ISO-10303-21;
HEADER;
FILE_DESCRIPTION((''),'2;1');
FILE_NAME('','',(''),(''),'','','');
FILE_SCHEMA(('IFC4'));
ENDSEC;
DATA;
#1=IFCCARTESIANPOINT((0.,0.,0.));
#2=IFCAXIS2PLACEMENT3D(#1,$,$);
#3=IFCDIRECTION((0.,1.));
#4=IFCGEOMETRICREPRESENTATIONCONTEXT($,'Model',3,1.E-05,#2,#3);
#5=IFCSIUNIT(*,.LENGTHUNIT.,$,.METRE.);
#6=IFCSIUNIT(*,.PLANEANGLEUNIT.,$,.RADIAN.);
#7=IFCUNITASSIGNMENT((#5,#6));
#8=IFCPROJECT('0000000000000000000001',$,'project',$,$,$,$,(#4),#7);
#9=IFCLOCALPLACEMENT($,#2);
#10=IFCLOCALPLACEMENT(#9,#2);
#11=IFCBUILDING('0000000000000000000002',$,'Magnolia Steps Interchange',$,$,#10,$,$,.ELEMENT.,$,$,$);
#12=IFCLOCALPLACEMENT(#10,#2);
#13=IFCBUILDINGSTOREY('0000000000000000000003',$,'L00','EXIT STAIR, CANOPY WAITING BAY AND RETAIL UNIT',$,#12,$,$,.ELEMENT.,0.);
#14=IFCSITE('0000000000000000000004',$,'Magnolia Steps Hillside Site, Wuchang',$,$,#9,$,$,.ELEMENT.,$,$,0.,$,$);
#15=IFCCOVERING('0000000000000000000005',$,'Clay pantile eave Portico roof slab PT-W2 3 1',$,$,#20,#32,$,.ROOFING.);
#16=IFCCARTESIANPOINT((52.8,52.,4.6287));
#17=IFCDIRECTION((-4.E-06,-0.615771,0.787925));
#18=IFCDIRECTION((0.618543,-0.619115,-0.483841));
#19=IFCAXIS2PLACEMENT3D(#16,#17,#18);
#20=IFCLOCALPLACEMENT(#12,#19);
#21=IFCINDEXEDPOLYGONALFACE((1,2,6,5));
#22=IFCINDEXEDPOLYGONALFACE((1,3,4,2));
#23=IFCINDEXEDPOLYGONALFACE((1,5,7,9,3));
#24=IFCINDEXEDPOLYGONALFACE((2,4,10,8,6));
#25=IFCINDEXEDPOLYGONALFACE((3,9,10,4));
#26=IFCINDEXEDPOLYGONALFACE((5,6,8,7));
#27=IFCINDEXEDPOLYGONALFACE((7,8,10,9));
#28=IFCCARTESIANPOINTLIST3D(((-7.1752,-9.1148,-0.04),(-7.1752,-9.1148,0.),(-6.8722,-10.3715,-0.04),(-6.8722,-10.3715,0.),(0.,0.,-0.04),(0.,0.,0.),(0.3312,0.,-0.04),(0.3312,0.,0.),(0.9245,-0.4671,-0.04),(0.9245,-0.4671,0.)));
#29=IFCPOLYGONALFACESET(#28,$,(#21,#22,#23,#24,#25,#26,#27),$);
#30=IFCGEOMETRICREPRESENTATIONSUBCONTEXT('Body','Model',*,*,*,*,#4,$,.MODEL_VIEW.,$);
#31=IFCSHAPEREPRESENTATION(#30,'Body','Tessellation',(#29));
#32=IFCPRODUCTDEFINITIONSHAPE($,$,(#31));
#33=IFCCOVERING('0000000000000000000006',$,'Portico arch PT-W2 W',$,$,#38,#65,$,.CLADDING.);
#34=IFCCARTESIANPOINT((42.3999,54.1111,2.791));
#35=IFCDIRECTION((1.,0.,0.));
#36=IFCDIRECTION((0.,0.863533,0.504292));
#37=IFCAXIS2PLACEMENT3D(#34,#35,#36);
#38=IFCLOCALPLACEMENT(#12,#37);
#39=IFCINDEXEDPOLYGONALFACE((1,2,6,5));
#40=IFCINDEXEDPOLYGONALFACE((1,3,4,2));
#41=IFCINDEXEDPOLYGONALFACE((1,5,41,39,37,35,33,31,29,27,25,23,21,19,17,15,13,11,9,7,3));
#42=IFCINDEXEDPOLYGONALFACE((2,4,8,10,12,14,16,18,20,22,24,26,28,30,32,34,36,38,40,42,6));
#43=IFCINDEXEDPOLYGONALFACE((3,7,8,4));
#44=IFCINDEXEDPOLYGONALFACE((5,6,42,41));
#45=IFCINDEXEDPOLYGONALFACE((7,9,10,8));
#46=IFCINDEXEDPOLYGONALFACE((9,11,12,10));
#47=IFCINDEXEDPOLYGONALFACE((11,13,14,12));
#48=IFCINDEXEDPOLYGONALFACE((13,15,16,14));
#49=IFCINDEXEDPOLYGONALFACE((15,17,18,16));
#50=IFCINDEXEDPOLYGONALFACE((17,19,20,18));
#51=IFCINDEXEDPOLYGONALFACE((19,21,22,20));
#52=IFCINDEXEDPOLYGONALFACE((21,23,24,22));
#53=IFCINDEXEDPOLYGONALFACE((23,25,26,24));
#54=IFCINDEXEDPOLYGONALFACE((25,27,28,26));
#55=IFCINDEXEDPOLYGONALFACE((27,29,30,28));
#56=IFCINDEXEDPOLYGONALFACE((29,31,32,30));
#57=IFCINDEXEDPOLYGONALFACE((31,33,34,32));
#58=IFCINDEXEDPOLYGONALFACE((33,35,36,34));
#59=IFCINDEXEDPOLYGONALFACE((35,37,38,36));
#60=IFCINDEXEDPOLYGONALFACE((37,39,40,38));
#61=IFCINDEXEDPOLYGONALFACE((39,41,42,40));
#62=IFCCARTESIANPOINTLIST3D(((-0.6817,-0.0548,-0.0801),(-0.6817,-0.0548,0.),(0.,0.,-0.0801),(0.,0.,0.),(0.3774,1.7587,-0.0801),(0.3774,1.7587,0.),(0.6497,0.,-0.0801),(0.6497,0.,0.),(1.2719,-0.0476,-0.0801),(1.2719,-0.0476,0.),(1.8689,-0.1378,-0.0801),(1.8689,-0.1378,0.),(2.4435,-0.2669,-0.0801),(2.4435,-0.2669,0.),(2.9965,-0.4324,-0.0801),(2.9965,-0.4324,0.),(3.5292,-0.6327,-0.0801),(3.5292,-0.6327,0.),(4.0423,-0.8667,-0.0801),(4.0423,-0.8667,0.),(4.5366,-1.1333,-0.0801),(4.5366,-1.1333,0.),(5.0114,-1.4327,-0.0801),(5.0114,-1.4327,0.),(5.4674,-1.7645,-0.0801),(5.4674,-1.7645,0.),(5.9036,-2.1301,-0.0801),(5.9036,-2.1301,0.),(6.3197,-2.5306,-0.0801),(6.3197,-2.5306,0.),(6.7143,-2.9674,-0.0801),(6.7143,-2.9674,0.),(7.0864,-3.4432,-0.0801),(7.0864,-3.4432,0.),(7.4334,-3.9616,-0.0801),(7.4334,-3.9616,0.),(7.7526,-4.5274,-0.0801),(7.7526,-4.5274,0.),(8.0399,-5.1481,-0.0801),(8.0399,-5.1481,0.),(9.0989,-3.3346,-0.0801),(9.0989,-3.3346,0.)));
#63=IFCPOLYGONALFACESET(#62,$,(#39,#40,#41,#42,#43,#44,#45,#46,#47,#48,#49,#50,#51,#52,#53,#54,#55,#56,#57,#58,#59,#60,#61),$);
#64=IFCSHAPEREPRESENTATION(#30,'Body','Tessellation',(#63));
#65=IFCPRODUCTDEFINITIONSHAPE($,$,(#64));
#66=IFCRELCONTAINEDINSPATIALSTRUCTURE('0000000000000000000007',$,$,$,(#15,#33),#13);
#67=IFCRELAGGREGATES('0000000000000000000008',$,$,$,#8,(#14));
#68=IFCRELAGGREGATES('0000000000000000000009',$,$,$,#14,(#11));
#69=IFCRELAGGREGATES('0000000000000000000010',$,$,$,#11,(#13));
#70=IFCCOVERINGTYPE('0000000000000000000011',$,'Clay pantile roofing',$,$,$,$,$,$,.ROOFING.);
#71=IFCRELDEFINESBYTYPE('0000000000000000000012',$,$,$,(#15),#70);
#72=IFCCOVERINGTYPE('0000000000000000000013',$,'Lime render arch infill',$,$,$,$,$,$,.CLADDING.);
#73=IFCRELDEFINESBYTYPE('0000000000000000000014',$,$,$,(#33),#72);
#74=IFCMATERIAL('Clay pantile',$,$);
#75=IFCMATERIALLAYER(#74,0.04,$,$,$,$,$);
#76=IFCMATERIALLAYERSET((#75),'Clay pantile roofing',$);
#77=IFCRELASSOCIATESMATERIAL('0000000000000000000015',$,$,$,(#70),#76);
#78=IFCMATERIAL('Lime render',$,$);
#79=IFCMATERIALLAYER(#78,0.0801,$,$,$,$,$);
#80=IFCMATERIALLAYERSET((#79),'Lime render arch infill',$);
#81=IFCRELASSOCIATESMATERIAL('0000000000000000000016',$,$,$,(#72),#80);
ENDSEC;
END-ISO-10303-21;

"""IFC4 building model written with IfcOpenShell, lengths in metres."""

from ifc_helpers import new_model, si_unit, direction, frame, origin, place, context, subcontext, project, spatial, polyline, outline, extrude, material, layer, layer_set, type_object, element, save


model = new_model("IFC4")

# Units and contexts
model_context = context("Model", 3, precision=1e-05, world=origin(), true_north=direction((0.0, 1.0)))
body_context = subcontext(model_context, "Body", "Model", "MODEL_VIEW")
ifc_project = project(units=[si_unit("LENGTHUNIT", "METRE"), si_unit("PLANEANGLEUNIT", "RADIAN")], contexts=[model_context])

# Site, building, storey
site_placement = place(None, origin())
site = spatial("IfcSite", under=ifc_project, at=site_placement, Name="Magnolia Steps Hillside Site, Wuchang", CompositionType="ELEMENT", RefElevation=0.0)
building_placement = place(site_placement, origin())
building = spatial("IfcBuilding", under=site, at=building_placement, Name="Magnolia Steps Interchange", CompositionType="ELEMENT")
storey_placement = place(building_placement, origin())
storey = spatial("IfcBuildingStorey", under=building, at=storey_placement, Name="L00", Description="EXIT STAIR, CANOPY WAITING BAY AND RETAIL UNIT", CompositionType="ELEMENT", Elevation=0.0)

# Coverings
ifc_material_1 = material(Name="Clay pantile")
ifc_layer_1 = layer(ifc_material_1, 0.04)
ifc_layer_set_1 = layer_set([ifc_layer_1], Name="Clay pantile roofing")
covering_type_1 = type_object("IfcCoveringType", Name="Clay pantile roofing", PredefinedType="ROOFING", material=ifc_layer_set_1)
covering_1_placement = place(storey_placement, frame((52.8, 52.0, 4.6287), z_axis=(-0.000004, -0.615771, 0.787925), x_axis=(0.618543, -0.619115, -0.483841)))
element("IfcCovering", 1, at=covering_1_placement, inside=storey, type_object=covering_type_1, Name="Clay pantile eave Portico roof slab PT-W2 3 1", PredefinedType="ROOFING", context=body_context, shape_type="SweptSolid", body=[
    extrude(outline(polyline([(0.0, 0.0), (0.3312, 0.0), (0.9245, -0.4671), (-6.8722, -10.3715), (-7.1752, -9.1148), (0.0, 0.0)])), origin(), (0.0, 0.0, -1.0), 0.04),
])
ifc_material_2 = material(Name="Lime render")
ifc_layer_2 = layer(ifc_material_2, 0.0801)
ifc_layer_set_2 = layer_set([ifc_layer_2], Name="Lime render arch infill")
covering_type_2 = type_object("IfcCoveringType", Name="Lime render arch infill", PredefinedType="CLADDING", material=ifc_layer_set_2)
covering_2_placement = place(storey_placement, frame((42.3999, 54.1111, 2.791), z_axis=(1.0, 0.0, 0.0), x_axis=(0.0, 0.863533, 0.504292)))
element("IfcCovering", 2, at=covering_2_placement, inside=storey, type_object=covering_type_2, Name="Portico arch PT-W2 W", PredefinedType="CLADDING", context=body_context, shape_type="SweptSolid", body=[
    extrude(outline(polyline([(0.0, 0.0), (0.6497, 0.0), (1.2719, -0.0476), (1.8689, -0.1378), (2.4435, -0.2669), (2.9965, -0.4324), (3.5292, -0.6327), (4.0423, -0.8667), (4.5366, -1.1333), (5.0114, -1.4327), (5.4674, -1.7645), (5.9036, -2.1301), (6.3197, -2.5306), (6.7143, -2.9674), (7.0864, -3.4432), (7.4334, -3.9616), (7.7526, -4.5274), (8.0399, -5.1481), (9.0989, -3.3346), (0.3774, 1.7587), (-0.6817, -0.0548), (0.0, 0.0)])), origin(), (0.0, 0.0, -1.0), 0.0801),
])

save(model, "model.ifc")
